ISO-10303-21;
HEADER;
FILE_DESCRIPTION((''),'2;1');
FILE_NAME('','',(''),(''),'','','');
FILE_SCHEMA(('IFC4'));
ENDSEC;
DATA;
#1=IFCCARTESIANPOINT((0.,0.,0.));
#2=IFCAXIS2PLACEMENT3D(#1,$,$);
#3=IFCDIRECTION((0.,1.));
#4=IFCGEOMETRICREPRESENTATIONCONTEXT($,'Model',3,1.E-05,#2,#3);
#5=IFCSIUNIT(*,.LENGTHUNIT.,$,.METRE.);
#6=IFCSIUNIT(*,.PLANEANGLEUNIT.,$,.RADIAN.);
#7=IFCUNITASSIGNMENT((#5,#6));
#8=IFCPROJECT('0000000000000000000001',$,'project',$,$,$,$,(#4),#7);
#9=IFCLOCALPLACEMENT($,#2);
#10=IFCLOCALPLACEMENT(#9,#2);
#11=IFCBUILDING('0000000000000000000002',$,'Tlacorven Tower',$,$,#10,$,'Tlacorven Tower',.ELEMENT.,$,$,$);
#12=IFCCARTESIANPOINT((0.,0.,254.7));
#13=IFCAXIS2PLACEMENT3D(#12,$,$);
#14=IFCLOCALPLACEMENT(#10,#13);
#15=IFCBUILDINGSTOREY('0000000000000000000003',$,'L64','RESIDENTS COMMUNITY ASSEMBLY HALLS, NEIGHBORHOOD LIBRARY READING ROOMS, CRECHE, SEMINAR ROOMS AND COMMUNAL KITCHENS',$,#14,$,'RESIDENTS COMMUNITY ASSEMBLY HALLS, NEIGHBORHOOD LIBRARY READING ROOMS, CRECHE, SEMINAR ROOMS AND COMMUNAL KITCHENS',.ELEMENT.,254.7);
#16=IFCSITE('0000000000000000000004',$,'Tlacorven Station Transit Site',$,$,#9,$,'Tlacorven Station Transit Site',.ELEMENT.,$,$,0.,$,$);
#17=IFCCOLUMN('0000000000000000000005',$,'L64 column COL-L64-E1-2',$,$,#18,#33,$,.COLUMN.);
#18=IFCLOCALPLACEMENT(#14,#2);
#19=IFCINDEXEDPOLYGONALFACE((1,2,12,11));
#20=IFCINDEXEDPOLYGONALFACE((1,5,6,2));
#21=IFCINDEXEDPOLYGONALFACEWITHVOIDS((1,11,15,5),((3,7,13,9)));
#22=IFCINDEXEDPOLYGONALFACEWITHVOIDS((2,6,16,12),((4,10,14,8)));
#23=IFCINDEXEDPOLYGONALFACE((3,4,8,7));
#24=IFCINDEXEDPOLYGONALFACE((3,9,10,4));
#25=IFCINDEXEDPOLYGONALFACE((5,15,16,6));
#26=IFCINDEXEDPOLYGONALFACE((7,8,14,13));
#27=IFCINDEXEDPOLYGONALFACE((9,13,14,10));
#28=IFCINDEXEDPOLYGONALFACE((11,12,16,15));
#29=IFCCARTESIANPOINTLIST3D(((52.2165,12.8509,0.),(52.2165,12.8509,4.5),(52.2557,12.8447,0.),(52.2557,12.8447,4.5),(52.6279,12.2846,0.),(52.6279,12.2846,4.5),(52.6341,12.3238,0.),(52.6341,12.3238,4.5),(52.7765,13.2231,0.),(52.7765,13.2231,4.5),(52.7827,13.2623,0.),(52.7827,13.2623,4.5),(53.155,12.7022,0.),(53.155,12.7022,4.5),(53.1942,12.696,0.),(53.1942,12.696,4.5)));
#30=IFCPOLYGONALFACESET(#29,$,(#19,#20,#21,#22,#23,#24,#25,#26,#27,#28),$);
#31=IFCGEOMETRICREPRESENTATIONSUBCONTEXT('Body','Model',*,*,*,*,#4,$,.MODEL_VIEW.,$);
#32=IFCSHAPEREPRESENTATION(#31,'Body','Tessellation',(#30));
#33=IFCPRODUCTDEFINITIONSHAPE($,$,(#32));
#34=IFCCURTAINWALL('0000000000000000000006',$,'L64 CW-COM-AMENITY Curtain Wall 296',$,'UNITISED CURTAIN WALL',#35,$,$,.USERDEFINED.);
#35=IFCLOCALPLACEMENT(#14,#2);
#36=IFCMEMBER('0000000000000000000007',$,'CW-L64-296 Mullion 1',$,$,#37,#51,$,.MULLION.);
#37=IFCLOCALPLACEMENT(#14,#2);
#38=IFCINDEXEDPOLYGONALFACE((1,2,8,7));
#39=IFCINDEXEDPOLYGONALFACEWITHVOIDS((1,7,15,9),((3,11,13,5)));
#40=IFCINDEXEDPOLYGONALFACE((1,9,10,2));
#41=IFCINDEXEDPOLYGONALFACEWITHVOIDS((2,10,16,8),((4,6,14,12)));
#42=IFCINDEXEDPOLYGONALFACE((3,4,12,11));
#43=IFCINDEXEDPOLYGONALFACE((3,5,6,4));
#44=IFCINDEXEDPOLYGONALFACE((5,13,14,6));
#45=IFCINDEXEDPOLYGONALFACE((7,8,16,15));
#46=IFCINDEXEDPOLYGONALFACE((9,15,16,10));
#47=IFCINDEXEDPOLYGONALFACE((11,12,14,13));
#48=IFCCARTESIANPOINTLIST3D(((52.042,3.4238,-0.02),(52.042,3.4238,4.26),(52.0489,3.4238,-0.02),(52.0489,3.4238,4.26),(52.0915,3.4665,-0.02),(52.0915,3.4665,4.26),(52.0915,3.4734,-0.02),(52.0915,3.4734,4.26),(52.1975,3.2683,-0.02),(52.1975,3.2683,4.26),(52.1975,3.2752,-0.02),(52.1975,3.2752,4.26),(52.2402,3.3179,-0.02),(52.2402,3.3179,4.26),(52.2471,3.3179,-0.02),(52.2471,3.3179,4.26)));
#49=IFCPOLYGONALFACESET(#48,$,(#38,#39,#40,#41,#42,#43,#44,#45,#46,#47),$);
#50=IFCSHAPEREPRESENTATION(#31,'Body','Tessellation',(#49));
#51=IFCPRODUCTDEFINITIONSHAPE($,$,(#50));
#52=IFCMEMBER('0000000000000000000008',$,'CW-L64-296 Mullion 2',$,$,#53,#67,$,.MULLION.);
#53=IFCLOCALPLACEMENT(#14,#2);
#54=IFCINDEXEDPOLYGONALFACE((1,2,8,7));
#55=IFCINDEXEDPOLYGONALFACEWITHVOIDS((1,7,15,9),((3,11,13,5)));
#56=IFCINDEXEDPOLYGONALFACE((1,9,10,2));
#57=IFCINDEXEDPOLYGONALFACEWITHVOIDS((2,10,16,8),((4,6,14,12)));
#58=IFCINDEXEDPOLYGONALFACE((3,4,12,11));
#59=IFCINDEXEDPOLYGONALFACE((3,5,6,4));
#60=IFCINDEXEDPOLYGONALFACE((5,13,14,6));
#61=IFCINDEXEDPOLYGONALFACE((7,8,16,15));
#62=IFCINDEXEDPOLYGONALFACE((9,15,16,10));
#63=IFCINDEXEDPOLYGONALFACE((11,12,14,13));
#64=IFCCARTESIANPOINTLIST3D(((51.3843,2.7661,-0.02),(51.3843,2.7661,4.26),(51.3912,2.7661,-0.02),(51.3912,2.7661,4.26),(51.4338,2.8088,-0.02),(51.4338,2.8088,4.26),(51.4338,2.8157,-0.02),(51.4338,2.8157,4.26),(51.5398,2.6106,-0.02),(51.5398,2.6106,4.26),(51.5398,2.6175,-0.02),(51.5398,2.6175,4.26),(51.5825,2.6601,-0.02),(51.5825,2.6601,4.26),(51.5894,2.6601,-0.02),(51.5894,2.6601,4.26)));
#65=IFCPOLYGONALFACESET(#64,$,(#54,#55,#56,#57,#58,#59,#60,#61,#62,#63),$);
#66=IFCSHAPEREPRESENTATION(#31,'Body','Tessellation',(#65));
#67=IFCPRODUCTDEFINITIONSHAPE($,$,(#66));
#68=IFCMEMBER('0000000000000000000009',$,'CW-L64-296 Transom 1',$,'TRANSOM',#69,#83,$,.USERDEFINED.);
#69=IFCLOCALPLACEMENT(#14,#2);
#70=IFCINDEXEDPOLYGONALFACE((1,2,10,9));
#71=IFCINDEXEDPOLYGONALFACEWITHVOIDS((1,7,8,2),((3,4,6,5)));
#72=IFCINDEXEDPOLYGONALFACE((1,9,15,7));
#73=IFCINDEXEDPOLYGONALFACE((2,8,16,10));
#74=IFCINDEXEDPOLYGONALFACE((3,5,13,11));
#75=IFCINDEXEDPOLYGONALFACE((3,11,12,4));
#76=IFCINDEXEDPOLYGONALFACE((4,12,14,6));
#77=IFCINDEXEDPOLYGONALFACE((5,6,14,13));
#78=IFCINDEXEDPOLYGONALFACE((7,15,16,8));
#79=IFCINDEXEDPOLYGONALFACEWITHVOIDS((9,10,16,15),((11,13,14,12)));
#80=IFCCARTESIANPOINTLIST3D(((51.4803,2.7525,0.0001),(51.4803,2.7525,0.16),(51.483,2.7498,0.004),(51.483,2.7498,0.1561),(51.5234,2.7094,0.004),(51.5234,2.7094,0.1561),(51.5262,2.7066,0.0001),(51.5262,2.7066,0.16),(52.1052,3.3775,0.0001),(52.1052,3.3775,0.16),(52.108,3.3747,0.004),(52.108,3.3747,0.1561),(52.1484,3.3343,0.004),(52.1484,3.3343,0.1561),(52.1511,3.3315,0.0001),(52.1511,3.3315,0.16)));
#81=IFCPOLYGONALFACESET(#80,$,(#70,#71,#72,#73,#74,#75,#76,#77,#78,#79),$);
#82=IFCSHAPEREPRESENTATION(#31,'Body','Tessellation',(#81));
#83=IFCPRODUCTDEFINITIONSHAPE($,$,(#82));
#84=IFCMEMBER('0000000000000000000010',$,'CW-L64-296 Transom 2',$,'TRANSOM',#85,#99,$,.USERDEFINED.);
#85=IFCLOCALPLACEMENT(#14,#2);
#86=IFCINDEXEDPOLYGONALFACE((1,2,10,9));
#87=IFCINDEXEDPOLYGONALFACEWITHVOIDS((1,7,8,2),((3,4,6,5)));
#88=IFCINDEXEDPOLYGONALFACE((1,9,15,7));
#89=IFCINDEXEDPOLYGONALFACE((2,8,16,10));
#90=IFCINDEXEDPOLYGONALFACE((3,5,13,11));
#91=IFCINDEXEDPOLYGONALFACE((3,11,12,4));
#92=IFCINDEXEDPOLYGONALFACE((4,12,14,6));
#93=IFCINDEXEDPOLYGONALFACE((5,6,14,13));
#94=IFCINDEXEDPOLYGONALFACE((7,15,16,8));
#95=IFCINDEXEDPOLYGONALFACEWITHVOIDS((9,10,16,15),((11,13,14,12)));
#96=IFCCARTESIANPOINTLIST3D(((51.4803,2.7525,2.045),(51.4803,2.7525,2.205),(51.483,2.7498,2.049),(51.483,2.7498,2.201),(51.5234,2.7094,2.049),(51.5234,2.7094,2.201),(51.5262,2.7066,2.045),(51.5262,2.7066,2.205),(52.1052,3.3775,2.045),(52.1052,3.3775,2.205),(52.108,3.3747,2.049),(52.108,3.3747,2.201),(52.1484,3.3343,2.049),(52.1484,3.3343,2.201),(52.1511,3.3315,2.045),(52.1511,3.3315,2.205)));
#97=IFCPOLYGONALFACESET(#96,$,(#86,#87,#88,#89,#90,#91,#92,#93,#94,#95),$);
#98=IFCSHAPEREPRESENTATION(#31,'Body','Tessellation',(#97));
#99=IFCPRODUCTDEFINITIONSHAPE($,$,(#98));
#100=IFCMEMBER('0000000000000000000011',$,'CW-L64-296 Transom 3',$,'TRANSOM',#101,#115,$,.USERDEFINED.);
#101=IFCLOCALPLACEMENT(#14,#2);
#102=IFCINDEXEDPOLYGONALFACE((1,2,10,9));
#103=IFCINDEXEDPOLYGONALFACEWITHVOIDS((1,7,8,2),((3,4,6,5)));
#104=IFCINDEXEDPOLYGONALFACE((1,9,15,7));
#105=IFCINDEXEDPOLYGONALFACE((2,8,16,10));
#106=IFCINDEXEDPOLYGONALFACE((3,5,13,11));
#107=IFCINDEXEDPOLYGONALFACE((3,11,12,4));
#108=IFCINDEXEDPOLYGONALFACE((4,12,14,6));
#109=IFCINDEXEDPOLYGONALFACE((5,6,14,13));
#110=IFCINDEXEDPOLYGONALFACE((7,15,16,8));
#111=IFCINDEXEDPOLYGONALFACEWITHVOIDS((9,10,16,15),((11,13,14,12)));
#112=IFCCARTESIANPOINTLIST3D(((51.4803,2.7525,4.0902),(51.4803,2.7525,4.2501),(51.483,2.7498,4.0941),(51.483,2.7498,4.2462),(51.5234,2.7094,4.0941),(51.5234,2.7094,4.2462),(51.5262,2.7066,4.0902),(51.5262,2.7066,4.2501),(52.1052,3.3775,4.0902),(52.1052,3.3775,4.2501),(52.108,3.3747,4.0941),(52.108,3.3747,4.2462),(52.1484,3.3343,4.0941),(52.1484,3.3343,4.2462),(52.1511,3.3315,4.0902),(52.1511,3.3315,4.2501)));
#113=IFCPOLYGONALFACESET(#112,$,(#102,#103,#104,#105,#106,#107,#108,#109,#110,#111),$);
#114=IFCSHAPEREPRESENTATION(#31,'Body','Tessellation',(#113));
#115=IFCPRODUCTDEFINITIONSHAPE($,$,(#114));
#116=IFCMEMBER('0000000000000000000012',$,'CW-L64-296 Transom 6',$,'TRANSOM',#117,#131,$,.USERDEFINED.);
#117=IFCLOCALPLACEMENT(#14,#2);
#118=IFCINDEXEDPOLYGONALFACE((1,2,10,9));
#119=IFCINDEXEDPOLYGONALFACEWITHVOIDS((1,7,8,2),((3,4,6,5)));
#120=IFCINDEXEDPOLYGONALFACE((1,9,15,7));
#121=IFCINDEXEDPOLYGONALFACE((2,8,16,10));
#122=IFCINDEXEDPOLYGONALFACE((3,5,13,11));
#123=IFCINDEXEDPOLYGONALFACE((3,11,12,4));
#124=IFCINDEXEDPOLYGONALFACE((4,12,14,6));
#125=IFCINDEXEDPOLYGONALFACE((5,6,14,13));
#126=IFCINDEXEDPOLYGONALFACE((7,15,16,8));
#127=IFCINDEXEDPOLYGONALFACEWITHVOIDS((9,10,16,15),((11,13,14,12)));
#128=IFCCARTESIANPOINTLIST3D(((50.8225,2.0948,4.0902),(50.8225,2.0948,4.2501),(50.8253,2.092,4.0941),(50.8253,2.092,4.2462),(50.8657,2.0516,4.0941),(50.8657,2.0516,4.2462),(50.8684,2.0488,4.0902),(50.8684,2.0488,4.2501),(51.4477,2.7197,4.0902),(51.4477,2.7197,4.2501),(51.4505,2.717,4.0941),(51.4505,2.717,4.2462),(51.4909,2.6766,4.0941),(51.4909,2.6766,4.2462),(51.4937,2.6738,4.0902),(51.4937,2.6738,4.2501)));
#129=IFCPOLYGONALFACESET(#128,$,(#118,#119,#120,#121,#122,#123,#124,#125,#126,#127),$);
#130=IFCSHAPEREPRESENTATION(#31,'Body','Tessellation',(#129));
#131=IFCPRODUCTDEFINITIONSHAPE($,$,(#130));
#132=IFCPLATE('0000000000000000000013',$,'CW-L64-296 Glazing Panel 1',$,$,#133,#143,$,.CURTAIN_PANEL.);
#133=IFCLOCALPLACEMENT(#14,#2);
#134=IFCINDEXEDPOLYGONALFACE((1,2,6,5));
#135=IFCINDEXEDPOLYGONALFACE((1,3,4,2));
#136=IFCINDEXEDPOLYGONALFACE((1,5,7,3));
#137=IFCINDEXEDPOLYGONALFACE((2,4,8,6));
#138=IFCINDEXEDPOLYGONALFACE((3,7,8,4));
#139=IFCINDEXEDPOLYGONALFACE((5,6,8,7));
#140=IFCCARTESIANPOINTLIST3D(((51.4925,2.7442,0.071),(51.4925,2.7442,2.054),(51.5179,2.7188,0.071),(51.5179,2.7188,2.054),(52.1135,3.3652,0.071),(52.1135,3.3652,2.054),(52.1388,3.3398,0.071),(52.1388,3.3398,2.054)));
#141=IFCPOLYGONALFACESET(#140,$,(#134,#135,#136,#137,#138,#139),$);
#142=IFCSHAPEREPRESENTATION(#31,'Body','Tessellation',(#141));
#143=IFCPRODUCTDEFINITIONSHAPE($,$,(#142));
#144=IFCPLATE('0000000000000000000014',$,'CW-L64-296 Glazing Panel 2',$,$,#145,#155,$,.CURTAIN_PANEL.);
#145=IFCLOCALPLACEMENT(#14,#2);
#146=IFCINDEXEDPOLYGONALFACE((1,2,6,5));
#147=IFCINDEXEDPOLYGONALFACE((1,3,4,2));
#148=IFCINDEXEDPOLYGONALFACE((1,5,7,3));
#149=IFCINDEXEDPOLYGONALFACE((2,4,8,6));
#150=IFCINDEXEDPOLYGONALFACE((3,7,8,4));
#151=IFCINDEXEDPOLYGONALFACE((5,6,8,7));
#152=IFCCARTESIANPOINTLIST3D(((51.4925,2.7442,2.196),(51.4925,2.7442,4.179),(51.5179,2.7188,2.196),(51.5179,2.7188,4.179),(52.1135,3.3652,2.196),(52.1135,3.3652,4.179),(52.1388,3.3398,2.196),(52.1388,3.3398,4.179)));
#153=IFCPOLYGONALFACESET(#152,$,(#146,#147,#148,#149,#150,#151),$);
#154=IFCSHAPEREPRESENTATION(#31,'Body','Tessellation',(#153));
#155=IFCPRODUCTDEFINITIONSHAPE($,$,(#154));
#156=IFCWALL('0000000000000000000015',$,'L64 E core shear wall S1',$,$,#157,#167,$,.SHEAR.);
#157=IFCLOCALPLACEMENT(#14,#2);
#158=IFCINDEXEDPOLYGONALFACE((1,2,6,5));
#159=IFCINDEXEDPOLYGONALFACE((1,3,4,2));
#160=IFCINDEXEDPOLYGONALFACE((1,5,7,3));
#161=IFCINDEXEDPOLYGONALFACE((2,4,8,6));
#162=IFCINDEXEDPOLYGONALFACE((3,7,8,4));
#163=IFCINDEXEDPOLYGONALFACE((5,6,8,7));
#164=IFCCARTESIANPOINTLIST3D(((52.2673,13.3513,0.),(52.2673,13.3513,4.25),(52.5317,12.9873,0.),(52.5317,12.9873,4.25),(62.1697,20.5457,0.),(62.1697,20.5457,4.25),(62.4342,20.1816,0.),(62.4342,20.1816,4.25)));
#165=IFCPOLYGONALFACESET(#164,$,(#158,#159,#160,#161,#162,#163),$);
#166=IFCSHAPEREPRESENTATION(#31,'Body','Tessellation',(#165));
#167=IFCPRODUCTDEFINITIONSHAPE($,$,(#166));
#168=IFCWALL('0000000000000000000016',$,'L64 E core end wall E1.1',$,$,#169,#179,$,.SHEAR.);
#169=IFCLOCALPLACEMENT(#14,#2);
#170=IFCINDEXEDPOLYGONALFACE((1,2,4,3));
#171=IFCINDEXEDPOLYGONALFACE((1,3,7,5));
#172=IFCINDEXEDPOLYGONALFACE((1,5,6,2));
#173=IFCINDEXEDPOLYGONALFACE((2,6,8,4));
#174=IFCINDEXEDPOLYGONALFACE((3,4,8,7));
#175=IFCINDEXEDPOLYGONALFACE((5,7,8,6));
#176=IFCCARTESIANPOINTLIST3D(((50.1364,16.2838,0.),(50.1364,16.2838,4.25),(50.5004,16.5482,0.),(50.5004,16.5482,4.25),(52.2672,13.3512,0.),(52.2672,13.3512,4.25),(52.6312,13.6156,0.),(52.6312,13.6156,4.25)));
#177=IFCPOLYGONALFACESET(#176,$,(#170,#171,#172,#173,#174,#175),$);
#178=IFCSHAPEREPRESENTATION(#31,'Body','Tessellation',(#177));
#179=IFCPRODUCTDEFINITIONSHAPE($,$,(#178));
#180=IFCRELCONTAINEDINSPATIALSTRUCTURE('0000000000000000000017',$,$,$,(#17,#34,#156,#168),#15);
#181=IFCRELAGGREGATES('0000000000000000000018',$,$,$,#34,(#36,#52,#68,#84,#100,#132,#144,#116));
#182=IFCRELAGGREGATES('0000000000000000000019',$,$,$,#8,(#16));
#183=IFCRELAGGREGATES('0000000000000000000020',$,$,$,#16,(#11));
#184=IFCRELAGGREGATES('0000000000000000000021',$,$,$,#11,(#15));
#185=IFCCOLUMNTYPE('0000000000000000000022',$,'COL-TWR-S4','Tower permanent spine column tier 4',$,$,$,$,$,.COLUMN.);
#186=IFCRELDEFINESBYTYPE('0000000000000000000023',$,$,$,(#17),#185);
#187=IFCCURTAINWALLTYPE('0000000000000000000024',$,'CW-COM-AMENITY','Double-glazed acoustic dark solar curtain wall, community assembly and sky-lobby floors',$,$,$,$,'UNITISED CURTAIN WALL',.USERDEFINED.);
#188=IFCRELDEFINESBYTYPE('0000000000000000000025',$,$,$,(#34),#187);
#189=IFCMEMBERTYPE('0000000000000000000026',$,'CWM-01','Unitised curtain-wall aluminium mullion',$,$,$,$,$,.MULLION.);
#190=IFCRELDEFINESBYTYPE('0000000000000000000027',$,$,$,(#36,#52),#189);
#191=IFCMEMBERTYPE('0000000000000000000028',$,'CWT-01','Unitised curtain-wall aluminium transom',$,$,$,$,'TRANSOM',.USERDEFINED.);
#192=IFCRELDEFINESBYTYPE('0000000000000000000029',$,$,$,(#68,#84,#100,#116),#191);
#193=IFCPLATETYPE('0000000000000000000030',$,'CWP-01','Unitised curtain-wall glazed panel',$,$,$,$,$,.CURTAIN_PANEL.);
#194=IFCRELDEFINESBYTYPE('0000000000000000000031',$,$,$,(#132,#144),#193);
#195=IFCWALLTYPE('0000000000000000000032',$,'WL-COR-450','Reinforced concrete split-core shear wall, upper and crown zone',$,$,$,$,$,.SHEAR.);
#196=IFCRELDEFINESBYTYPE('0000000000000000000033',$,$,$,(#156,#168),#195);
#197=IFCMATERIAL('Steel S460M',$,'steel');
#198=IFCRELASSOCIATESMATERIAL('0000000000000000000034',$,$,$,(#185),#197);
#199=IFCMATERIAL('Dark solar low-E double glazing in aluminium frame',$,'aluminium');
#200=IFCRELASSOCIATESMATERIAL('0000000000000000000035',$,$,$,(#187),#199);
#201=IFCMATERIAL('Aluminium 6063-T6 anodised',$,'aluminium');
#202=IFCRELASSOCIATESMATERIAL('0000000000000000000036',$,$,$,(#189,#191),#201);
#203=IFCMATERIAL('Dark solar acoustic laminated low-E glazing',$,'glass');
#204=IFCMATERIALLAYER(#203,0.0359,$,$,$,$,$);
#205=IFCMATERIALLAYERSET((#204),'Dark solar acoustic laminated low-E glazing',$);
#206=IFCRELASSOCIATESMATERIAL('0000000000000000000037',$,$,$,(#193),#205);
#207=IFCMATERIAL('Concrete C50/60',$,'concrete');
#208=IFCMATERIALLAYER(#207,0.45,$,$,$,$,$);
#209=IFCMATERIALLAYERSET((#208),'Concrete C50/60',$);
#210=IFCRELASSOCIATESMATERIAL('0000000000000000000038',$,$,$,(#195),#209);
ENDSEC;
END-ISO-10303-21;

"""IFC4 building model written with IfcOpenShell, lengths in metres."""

from ifc_helpers import new_model, si_unit, direction, frame, frame_2d, origin, origin_2d, place, context, subcontext, project, spatial, rectangle, hollow_rectangle, extrude, source, transform, mapped, material, layer, layer_set, material_profile, profile_set, type_object, element, aggregate, save


model = new_model("IFC4")

# Units and contexts
model_context = context("Model", 3, precision=1e-05, world=origin(), true_north=direction((0.0, 1.0)))
body_context = subcontext(model_context, "Body", "Model", "MODEL_VIEW")
ifc_project = project(units=[si_unit("LENGTHUNIT", "METRE"), si_unit("PLANEANGLEUNIT", "RADIAN")], contexts=[model_context])

# Site, building, storey
site_placement = place(None, origin())
site = spatial("IfcSite", under=ifc_project, at=site_placement, Name="Tlacorven Station Transit Site", LongName="Tlacorven Station Transit Site", CompositionType="ELEMENT", RefElevation=0.0)
building_placement = place(site_placement, origin())
building = spatial("IfcBuilding", under=site, at=building_placement, Name="Tlacorven Tower", LongName="Tlacorven Tower", CompositionType="ELEMENT")
storey_placement = place(building_placement, frame((0.0, 0.0, 254.7)))
storey = spatial("IfcBuildingStorey", under=building, at=storey_placement, Name="L64", Description="RESIDENTS COMMUNITY ASSEMBLY HALLS, NEIGHBORHOOD LIBRARY READING ROOMS, CRECHE, SEMINAR ROOMS AND COMMUNAL KITCHENS", LongName="RESIDENTS COMMUNITY ASSEMBLY HALLS, NEIGHBORHOOD LIBRARY READING ROOMS, CRECHE, SEMINAR ROOMS AND COMMUNAL KITCHENS", CompositionType="ELEMENT", Elevation=254.7)

# Column
ifc_material_1 = material(Name="Steel S460M", Category="steel")
ifc_material_profile_1 = material_profile(ifc_material_1, hollow_rectangle(XDim=0.7, YDim=0.7, WallThickness=0.0281, at=origin_2d()), Name="BOX 700X700X28")
ifc_profile_set_1 = profile_set([ifc_material_profile_1], Name="Steel S460M")
column_type = type_object("IfcColumnType", Name="COL-TWR-S4", Description="Tower permanent spine column tier 4", PredefinedType="COLUMN", material=ifc_profile_set_1)
shared_shape_1 = source(origin(), body_context, "Body", "SweptSolid", [
    extrude(hollow_rectangle(XDim=0.7, YDim=0.7, WallThickness=0.0281, at=origin_2d()), origin(), (0.0, 0.0, 1.0), 4.5),
])
column_placement = place(storey_placement, frame((52.7053, 12.7734, 0.0), z_axis=(0.0, 0.0, 1.0), x_axis=(0.809017, 0.587785, 0.0)))
element("IfcColumn", 1, at=column_placement, inside=storey, type_object=column_type, Name="L64 column COL-L64-E1-2", PredefinedType="COLUMN", context=body_context, shape_type="MappedRepresentation", body=[
    mapped(shared_shape_1, transform((0.0, 0.0, 0.0), scale=1.0)),
])

# Curtain wall, members, plates
ifc_material_2 = material(Name="Dark solar low-E double glazing in aluminium frame", Category="aluminium")
curtain_wall_type = type_object("IfcCurtainWallType", Name="CW-COM-AMENITY", Description="Double-glazed acoustic dark solar curtain wall, community assembly and sky-lobby floors", ElementType="UNITISED CURTAIN WALL", PredefinedType="USERDEFINED", material=ifc_material_2)
curtain_wall_placement = place(storey_placement, origin())
curtain_wall = element("IfcCurtainWall", 2, at=curtain_wall_placement, inside=storey, type_object=curtain_wall_type, Name="L64 CW-COM-AMENITY Curtain Wall 296", ObjectType="UNITISED CURTAIN WALL", PredefinedType="USERDEFINED")
ifc_material_3 = material(Name="Aluminium 6063-T6 anodised", Category="aluminium")
ifc_material_profile_2 = material_profile(ifc_material_3, hollow_rectangle(XDim=0.0701, YDim=0.22, WallThickness=0.0049, at=origin_2d()), Name="ALU MULLION 70X220")
ifc_profile_set_2 = profile_set([ifc_material_profile_2], Name="Aluminium 6063-T6 anodised")
member_type_1 = type_object("IfcMemberType", Name="CWM-01", Description="Unitised curtain-wall aluminium mullion", PredefinedType="MULLION", material=ifc_profile_set_2)
shared_shape_2 = source(origin(), body_context, "Body", "SweptSolid", [
    extrude(hollow_rectangle(XDim=0.0701, YDim=0.22, WallThickness=0.0049, at=origin_2d()), origin(), (0.0, 0.0, 1.0), 4.28),
])
member_1_placement = place(storey_placement, frame((52.1445, 3.3708, -0.02), z_axis=(0.0, 0.0, 1.0), x_axis=(-0.707107, -0.707107, 0.0)))
member_1 = element("IfcMember", 3, at=member_1_placement, type_object=member_type_1, Name="CW-L64-296 Mullion 1", PredefinedType="MULLION", context=body_context, shape_type="MappedRepresentation", body=[
    mapped(shared_shape_2, transform((0.0, 0.0, 0.0), scale=1.0)),
])
member_2_placement = place(storey_placement, frame((51.4868, 2.7131, -0.02), z_axis=(0.0, 0.0, 1.0), x_axis=(-0.707107, -0.707107, 0.0)))
member_2 = element("IfcMember", 4, at=member_2_placement, type_object=member_type_1, Name="CW-L64-296 Mullion 2", PredefinedType="MULLION", context=body_context, shape_type="MappedRepresentation", body=[
    mapped(shared_shape_2, transform((0.0, 0.0, 0.0), scale=1.0)),
])
ifc_material_profile_3 = material_profile(ifc_material_3, hollow_rectangle(XDim=0.0649, YDim=0.1599, WallThickness=0.0039, at=origin_2d()), Name="ALU TRANSOM 65X160")
ifc_profile_set_3 = profile_set([ifc_material_profile_3], Name="Aluminium 6063-T6 anodised")
member_type_2 = type_object("IfcMemberType", Name="CWT-01", Description="Unitised curtain-wall aluminium transom", ElementType="TRANSOM", PredefinedType="USERDEFINED", material=ifc_profile_set_3)
shared_shape_3 = source(origin(), body_context, "Body", "SweptSolid", [
    extrude(hollow_rectangle(XDim=0.0649, YDim=0.1599, WallThickness=0.0039, at=origin_2d()), origin(), (0.0, 0.0, 1.0), 0.8838),
])
member_3_placement = place(storey_placement, frame((52.1282, 3.3545, 0.0801), z_axis=(-0.707107, -0.707107, 0.0), x_axis=(0.707107, -0.707107, 0.0)))
member_3 = element("IfcMember", 5, at=member_3_placement, type_object=member_type_2, Name="CW-L64-296 Transom 1", ObjectType="TRANSOM", PredefinedType="USERDEFINED", context=body_context, shape_type="MappedRepresentation", body=[
    mapped(shared_shape_3, transform((0.0, 0.0, 0.0), scale=1.0)),
])
member_4_placement = place(storey_placement, frame((52.1282, 3.3545, 2.125), z_axis=(-0.707107, -0.707107, 0.0), x_axis=(0.707107, -0.707107, 0.0)))
member_4 = element("IfcMember", 6, at=member_4_placement, type_object=member_type_2, Name="CW-L64-296 Transom 2", ObjectType="TRANSOM", PredefinedType="USERDEFINED", context=body_context, shape_type="MappedRepresentation", body=[
    mapped(shared_shape_3, transform((0.0, 0.0, 0.0), scale=1.0)),
])
member_5_placement = place(storey_placement, frame((52.1282, 3.3545, 4.1702), z_axis=(-0.707107, -0.707107, 0.0), x_axis=(0.707107, -0.707107, 0.0)))
member_5 = element("IfcMember", 7, at=member_5_placement, type_object=member_type_2, Name="CW-L64-296 Transom 3", ObjectType="TRANSOM", PredefinedType="USERDEFINED", context=body_context, shape_type="MappedRepresentation", body=[
    mapped(shared_shape_3, transform((0.0, 0.0, 0.0), scale=1.0)),
])
shared_shape_4 = source(origin(), body_context, "Body", "SweptSolid", [
    extrude(hollow_rectangle(XDim=0.0649, YDim=0.1599, WallThickness=0.0039, at=origin_2d()), origin(), (0.0, 0.0, 1.0), 0.884),
])
member_6_placement = place(storey_placement, frame((51.4707, 2.6968, 4.1702), z_axis=(-0.707245, -0.706969, 0.0), x_axis=(0.706969, -0.707245, 0.0)))
member_6 = element("IfcMember", 8, at=member_6_placement, type_object=member_type_2, Name="CW-L64-296 Transom 6", ObjectType="TRANSOM", PredefinedType="USERDEFINED", context=body_context, shape_type="MappedRepresentation", body=[
    mapped(shared_shape_4, transform((0.0, 0.0, 0.0), scale=1.0)),
])
ifc_material_4 = material(Name="Dark solar acoustic laminated low-E glazing", Category="glass")
ifc_layer_1 = layer(ifc_material_4, 0.0359)
ifc_layer_set_1 = layer_set([ifc_layer_1], Name="Dark solar acoustic laminated low-E glazing")
plate_type = type_object("IfcPlateType", Name="CWP-01", Description="Unitised curtain-wall glazed panel", PredefinedType="CURTAIN_PANEL", material=ifc_layer_set_1)
shared_shape_5 = source(origin(), body_context, "Body", "SweptSolid", [
    extrude(rectangle(XDim=0.8782, YDim=0.0359, at=origin_2d()), origin(), (0.0, 0.0, 1.0), 1.9829),
])
plate_1_placement = place(storey_placement, frame((51.8157, 3.042, 0.071), z_axis=(0.0, 0.0, 1.0), x_axis=(-0.707107, -0.707107, 0.0)))
plate_1 = element("IfcPlate", 9, at=plate_1_placement, type_object=plate_type, Name="CW-L64-296 Glazing Panel 1", PredefinedType="CURTAIN_PANEL", context=body_context, shape_type="MappedRepresentation", body=[
    mapped(shared_shape_5, transform((0.0, 0.0, 0.0), scale=1.0)),
])
plate_2_placement = place(storey_placement, frame((51.8157, 3.042, 2.196), z_axis=(0.0, 0.0, 1.0), x_axis=(-0.707107, -0.707107, 0.0)))
plate_2 = element("IfcPlate", 10, at=plate_2_placement, type_object=plate_type, Name="CW-L64-296 Glazing Panel 2", PredefinedType="CURTAIN_PANEL", context=body_context, shape_type="MappedRepresentation", body=[
    mapped(shared_shape_5, transform((0.0, 0.0, 0.0), scale=1.0)),
])
aggregate(curtain_wall, [member_1, member_2, member_3, member_4, member_5, plate_1, plate_2, member_6])

# Walls
ifc_material_5 = material(Name="Concrete C50/60", Category="concrete")
ifc_layer_2 = layer(ifc_material_5, 0.45)
ifc_layer_set_2 = layer_set([ifc_layer_2], Name="Concrete C50/60")
wall_type_1 = type_object("IfcWallType", Name="WL-COR-450", Description="Reinforced concrete split-core shear wall, upper and crown zone", PredefinedType="SHEAR", material=ifc_layer_set_2)
wall_1_placement = place(storey_placement, frame((52.3994, 13.1692, 0.0), z_axis=(0.0, 0.0, 1.0), x_axis=(0.809022, 0.587778, 0.0)))
element("IfcWall", 11, at=wall_1_placement, inside=storey, type_object=wall_type_1, Name="L64 E core shear wall S1", PredefinedType="SHEAR", context=body_context, shape_type="SweptSolid", body=[
    extrude(rectangle(XDim=12.24, YDim=0.45, at=frame_2d((6.1201, 0.0))), origin(), (0.0, 0.0, 1.0), 4.25),
])
wall_2_placement = place(storey_placement, frame((52.4492, 13.4834, 0.0), z_axis=(0.0, 0.0, 1.0), x_axis=(-0.587819, 0.808992, 0.0)))
element("IfcWall", 12, at=wall_2_placement, inside=storey, type_object=wall_type_1, Name="L64 E core end wall E1.1", PredefinedType="SHEAR", context=body_context, shape_type="SweptSolid", body=[
    extrude(rectangle(XDim=3.625, YDim=0.45, at=frame_2d((1.8125, 0.0))), origin(), (0.0, 0.0, 1.0), 4.25),
])

save(model, "model.ifc")
